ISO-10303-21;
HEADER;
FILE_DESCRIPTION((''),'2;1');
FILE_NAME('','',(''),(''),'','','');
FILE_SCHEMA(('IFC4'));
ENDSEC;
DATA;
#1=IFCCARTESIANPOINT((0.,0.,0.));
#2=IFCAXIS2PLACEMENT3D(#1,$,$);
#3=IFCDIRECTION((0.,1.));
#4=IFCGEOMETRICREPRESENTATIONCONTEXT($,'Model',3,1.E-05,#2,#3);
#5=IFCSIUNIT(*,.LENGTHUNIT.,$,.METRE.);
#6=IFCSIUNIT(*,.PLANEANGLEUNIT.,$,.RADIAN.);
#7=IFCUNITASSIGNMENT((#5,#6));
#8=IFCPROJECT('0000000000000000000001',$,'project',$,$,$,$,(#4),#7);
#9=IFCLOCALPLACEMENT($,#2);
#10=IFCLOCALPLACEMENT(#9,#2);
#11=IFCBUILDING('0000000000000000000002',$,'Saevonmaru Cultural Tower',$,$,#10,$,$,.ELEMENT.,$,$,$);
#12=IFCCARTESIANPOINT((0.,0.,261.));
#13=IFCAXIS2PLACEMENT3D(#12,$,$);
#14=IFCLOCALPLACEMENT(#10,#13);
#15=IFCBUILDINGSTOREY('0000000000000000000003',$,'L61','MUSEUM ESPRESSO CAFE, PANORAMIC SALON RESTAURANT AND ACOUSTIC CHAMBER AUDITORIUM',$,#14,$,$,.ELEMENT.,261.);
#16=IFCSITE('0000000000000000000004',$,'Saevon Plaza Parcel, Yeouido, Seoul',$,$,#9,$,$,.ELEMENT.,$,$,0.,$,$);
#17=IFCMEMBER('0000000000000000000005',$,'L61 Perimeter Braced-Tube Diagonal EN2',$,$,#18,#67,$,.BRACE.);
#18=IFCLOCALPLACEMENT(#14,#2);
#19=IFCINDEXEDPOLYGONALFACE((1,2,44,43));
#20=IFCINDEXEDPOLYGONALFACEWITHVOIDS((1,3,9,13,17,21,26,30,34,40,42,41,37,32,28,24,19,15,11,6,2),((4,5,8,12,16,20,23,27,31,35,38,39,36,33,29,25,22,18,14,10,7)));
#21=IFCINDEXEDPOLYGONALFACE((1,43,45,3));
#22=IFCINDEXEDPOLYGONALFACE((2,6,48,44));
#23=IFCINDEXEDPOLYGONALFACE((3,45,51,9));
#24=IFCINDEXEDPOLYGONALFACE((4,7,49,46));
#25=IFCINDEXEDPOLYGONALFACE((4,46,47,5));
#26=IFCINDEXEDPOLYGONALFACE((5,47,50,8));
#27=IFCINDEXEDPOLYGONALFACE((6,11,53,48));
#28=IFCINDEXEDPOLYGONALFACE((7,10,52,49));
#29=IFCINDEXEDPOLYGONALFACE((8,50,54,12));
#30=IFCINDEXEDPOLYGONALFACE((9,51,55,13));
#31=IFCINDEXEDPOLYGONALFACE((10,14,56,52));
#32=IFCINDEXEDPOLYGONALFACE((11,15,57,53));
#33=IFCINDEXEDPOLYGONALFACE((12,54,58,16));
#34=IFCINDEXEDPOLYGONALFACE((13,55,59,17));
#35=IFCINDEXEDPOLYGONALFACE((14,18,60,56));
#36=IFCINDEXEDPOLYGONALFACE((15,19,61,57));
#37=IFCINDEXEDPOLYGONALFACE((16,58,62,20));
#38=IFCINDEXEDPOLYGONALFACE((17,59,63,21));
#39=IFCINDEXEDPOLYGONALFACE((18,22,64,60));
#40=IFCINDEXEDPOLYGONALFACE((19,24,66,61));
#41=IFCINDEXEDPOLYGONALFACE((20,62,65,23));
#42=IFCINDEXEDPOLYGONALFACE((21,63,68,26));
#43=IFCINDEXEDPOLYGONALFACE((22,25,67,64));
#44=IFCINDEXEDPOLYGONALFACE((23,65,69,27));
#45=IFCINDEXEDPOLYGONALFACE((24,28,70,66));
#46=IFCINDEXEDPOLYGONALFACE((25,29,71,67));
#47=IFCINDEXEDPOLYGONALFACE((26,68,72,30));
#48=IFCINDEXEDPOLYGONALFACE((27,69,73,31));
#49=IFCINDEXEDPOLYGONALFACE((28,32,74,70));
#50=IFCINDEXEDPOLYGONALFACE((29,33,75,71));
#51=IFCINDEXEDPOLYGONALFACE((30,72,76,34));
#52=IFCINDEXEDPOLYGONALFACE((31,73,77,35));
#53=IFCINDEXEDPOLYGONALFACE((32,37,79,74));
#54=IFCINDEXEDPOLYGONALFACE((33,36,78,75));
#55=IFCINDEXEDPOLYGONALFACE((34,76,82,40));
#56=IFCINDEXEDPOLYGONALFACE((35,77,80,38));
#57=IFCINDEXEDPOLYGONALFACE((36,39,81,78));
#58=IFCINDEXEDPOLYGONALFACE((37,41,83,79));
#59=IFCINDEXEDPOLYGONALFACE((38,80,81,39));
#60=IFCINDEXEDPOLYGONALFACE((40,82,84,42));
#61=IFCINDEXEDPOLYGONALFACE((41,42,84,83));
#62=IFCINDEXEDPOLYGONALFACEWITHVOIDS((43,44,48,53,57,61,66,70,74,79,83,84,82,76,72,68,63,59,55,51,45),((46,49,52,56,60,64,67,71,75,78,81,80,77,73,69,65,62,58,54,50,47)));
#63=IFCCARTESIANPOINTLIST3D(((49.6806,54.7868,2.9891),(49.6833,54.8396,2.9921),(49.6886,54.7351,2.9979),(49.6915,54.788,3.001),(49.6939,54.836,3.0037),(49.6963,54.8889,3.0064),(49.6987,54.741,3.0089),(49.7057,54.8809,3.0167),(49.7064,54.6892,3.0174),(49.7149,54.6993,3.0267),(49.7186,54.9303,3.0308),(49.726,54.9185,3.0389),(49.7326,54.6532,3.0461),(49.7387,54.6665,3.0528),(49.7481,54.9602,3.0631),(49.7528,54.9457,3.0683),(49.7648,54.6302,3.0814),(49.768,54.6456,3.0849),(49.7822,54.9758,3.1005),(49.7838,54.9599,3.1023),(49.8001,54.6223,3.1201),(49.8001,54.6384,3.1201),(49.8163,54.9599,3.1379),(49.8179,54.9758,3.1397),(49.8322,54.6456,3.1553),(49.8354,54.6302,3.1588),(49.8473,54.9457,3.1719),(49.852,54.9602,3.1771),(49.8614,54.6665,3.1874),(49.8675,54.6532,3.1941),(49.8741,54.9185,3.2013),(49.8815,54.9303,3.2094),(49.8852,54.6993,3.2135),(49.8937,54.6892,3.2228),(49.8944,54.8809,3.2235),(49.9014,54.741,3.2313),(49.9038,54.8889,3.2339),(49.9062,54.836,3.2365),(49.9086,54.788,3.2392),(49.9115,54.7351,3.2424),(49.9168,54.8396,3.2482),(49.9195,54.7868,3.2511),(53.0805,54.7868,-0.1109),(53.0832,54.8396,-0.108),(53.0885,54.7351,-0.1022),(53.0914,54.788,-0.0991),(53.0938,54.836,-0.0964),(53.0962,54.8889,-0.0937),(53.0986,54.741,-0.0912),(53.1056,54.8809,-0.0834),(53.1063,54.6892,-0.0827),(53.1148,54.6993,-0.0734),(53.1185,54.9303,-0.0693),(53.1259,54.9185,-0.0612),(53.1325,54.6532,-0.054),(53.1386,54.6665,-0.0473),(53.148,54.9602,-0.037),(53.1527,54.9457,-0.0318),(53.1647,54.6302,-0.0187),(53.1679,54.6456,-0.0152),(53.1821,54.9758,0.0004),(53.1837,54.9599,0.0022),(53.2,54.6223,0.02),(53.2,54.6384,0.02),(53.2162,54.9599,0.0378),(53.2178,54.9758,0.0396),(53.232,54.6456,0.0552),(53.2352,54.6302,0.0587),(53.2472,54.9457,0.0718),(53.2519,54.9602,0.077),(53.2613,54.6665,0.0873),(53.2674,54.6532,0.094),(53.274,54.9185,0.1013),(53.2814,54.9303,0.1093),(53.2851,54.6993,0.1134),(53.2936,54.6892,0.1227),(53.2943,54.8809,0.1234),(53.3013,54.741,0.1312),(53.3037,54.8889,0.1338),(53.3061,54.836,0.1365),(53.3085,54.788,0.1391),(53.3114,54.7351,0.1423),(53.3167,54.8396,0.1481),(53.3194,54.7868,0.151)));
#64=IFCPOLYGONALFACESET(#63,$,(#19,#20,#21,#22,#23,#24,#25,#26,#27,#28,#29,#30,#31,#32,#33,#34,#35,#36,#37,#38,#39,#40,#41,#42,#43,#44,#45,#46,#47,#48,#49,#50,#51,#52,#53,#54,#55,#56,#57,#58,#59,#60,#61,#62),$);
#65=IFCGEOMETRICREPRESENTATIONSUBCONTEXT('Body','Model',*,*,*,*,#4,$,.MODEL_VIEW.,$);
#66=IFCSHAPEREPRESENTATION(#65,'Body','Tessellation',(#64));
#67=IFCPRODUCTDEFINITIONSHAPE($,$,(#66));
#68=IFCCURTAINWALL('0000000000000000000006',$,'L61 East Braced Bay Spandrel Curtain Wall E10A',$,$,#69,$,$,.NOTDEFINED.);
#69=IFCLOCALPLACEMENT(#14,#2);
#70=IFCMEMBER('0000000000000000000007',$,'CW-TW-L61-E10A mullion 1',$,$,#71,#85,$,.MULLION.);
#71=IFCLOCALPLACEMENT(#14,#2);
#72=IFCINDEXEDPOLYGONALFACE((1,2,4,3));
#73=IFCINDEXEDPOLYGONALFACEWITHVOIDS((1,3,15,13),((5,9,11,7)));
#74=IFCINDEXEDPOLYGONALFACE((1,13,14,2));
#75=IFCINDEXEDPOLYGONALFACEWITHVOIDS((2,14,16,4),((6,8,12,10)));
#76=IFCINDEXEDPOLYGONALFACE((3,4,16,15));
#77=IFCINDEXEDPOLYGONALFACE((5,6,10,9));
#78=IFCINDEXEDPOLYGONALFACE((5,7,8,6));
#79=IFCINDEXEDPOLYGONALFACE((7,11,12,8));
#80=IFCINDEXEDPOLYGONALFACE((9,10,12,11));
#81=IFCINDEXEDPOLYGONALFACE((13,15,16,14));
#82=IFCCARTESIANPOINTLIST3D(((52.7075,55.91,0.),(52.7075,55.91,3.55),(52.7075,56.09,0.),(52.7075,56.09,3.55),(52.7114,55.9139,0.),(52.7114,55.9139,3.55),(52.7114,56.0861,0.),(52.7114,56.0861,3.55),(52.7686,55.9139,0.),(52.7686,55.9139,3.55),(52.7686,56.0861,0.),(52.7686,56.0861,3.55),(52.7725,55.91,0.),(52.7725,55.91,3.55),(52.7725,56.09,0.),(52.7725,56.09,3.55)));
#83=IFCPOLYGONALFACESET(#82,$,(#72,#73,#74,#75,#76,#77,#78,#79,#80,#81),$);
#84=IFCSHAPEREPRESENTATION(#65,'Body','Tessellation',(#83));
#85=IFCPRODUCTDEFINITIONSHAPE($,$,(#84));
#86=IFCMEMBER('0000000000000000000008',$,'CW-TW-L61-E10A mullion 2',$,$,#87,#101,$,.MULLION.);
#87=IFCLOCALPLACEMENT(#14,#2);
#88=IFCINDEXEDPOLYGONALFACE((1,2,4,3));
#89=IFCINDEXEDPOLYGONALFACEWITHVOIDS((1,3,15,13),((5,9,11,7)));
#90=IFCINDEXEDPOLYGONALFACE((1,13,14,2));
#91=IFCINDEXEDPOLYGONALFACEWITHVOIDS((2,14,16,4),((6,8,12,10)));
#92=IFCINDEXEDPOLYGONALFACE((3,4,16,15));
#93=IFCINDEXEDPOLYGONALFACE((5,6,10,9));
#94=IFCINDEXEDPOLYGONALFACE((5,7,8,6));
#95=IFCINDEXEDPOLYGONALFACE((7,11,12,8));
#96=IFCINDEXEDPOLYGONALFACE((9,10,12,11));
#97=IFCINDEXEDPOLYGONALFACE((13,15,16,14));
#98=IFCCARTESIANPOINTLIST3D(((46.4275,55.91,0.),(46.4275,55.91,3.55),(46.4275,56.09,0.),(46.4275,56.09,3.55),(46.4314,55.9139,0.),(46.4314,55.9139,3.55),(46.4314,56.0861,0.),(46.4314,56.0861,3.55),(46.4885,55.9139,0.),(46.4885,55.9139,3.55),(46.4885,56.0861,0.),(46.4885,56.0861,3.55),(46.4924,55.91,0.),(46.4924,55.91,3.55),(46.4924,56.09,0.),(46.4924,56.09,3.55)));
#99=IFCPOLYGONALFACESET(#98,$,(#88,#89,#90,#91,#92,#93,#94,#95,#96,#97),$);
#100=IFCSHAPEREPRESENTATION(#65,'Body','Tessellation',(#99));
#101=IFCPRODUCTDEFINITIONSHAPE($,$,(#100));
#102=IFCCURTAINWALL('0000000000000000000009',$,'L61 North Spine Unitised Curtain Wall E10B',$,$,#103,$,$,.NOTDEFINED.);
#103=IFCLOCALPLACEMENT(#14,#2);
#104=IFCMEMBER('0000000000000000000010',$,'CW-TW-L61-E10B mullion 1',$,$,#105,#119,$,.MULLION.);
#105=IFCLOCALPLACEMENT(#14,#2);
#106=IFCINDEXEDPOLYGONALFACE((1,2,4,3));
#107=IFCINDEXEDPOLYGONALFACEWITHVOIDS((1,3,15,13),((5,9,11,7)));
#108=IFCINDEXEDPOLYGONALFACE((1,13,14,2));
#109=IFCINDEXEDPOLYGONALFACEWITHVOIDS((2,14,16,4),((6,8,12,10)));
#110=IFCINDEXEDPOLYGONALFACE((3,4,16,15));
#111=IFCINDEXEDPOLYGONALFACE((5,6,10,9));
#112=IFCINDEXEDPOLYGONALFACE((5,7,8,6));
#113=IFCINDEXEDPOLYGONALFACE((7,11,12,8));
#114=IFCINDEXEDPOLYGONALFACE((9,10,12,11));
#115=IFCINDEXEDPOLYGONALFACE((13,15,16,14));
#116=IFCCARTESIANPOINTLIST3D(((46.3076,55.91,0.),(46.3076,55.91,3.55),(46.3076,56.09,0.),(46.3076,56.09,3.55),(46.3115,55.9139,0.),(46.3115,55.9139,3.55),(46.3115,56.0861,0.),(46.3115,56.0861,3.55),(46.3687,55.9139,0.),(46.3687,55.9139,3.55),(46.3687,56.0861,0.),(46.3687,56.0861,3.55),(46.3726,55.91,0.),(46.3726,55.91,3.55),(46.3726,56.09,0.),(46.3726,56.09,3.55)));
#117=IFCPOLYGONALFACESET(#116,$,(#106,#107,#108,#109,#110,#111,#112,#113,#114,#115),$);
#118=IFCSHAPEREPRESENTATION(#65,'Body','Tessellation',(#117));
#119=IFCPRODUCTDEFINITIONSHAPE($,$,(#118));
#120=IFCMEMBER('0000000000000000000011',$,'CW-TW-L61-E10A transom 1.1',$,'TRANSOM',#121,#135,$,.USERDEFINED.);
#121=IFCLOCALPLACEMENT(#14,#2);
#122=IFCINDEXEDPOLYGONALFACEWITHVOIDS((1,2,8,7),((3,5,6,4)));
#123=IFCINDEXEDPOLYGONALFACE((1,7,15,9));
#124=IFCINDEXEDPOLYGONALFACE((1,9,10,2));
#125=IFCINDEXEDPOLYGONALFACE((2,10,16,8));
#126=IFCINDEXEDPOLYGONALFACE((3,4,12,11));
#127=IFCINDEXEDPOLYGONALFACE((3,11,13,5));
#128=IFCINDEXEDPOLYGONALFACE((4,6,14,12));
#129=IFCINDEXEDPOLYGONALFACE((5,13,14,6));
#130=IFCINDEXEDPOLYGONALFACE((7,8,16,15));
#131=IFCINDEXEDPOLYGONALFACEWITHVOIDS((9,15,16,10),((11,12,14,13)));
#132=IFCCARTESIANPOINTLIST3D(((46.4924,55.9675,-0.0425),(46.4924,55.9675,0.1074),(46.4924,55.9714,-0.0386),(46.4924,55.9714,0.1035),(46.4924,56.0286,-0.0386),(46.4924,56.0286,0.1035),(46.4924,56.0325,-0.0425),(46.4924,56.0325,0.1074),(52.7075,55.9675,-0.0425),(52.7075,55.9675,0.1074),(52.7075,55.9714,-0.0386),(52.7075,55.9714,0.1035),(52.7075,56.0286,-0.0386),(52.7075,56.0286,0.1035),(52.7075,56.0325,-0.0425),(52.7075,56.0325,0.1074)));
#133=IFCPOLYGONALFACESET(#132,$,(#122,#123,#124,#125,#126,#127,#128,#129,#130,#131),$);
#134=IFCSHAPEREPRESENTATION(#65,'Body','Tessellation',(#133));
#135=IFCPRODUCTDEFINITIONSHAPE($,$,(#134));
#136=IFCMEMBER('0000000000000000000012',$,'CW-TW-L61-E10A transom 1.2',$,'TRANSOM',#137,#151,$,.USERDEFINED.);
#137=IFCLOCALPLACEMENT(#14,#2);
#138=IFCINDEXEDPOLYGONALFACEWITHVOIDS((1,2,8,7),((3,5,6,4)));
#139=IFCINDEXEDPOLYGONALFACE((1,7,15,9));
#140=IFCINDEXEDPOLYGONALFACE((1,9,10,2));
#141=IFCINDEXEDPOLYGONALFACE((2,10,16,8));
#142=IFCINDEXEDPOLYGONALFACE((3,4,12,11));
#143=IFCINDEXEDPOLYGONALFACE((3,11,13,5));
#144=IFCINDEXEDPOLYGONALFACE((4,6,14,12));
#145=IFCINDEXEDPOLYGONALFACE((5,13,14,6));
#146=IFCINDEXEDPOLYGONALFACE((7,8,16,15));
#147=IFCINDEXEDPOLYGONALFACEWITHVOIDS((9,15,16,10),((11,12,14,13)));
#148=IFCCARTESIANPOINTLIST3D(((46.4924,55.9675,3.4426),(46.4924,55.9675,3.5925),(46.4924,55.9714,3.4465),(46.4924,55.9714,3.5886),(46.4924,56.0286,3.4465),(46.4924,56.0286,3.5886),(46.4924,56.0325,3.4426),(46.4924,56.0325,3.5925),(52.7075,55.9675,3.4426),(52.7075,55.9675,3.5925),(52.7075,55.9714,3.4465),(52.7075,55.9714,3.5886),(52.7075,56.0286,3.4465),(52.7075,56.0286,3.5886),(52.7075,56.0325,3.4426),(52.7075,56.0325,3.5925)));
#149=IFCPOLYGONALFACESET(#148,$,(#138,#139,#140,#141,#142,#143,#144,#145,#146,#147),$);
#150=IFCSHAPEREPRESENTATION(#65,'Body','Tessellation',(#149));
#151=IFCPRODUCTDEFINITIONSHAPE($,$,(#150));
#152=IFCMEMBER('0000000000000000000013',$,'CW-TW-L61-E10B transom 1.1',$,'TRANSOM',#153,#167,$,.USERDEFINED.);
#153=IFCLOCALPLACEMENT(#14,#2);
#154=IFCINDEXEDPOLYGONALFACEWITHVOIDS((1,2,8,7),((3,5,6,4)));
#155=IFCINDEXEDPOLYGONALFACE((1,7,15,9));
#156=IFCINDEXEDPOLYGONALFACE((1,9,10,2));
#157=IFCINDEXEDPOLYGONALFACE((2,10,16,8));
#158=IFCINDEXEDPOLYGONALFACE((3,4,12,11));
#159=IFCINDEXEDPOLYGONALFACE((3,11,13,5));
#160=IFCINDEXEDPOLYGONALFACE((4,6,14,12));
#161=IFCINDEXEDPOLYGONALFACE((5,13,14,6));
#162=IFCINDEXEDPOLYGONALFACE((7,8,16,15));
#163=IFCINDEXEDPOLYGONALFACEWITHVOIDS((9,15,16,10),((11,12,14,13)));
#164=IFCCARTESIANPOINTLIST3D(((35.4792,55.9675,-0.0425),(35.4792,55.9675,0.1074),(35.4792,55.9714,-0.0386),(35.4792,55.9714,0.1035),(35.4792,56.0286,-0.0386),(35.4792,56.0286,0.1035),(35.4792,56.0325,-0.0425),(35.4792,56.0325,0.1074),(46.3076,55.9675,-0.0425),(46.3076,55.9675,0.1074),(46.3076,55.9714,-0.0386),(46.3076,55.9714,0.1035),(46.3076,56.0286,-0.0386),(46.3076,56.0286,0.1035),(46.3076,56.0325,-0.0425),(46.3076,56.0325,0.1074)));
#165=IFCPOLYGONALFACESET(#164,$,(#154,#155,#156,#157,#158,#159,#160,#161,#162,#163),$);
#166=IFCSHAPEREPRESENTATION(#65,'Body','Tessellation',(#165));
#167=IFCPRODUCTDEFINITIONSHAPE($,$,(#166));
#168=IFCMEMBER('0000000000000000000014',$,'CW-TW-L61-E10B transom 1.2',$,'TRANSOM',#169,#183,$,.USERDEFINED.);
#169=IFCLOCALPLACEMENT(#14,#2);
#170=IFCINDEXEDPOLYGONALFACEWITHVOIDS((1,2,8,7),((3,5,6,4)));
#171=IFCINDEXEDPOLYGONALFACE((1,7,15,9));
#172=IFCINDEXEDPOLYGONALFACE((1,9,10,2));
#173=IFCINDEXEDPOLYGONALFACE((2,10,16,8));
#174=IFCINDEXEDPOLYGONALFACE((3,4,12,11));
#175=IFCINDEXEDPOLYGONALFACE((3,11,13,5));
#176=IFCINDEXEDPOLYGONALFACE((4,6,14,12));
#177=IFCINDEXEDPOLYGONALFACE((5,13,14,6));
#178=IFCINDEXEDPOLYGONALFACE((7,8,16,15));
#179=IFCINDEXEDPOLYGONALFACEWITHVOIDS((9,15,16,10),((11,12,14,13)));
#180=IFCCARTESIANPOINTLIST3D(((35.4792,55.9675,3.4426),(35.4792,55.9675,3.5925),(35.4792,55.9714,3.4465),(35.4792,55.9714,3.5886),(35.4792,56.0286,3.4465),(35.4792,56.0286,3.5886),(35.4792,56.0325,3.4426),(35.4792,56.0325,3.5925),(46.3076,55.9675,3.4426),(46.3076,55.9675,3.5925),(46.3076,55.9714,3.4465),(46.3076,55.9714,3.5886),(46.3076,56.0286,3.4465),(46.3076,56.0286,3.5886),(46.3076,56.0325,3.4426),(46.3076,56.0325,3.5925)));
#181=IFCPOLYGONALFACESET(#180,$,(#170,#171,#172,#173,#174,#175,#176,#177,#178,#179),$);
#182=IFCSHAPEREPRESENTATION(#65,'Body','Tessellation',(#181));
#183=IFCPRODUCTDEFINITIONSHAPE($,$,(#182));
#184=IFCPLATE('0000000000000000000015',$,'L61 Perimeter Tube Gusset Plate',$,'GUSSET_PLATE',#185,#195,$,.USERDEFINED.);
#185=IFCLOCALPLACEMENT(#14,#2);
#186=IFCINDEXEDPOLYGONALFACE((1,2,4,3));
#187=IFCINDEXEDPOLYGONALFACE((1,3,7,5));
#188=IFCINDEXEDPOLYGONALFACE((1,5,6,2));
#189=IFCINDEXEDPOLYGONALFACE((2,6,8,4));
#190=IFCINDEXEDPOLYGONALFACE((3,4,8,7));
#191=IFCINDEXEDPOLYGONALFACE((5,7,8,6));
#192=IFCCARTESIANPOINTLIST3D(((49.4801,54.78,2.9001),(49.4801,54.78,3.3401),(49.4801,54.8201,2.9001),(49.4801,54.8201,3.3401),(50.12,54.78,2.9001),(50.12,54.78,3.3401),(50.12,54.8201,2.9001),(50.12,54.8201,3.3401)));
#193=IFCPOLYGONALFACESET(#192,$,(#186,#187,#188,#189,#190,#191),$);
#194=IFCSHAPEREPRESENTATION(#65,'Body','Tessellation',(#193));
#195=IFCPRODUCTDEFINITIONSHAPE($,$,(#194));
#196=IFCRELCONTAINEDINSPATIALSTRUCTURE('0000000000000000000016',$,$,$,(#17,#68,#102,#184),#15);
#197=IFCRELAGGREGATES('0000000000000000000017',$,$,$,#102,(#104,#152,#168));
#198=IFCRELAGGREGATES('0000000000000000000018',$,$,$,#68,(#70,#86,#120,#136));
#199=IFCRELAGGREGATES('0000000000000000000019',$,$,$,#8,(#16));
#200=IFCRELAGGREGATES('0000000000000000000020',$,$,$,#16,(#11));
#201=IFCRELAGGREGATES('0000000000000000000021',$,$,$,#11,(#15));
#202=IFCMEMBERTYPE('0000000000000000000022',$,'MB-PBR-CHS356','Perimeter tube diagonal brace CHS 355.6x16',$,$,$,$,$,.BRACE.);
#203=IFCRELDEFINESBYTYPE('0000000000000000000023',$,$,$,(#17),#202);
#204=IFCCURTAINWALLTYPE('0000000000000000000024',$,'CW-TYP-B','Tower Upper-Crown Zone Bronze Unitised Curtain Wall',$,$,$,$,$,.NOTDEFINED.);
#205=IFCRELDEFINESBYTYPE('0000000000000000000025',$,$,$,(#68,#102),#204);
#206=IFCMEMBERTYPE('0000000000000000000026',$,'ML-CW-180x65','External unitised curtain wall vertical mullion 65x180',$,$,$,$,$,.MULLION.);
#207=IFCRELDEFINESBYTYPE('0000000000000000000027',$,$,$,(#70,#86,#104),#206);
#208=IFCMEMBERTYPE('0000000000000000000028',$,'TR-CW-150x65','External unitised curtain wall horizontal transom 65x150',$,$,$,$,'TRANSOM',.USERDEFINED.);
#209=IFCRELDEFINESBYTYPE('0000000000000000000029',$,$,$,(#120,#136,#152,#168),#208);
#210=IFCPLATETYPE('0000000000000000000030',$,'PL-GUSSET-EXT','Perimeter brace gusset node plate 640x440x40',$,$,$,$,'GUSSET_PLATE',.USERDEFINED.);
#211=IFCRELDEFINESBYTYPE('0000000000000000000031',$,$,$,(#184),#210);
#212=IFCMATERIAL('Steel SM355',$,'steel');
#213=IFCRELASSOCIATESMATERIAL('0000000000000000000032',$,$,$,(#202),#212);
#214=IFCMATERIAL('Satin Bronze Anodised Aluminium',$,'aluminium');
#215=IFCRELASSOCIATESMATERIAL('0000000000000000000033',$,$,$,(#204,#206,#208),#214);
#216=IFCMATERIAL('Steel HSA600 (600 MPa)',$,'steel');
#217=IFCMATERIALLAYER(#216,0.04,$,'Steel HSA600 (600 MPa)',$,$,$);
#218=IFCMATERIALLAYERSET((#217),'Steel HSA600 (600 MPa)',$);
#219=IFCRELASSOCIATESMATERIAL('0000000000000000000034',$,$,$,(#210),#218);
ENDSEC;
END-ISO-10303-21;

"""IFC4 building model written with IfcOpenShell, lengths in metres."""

from ifc_helpers import new_model, si_unit, direction, frame, origin, origin_2d, place, context, subcontext, project, spatial, rectangle, hollow_rectangle, hollow_circle, extrude, material, layer, layer_set, material_profile, profile_set, type_object, element, aggregate, save


model = new_model("IFC4")

# Units and contexts
model_context = context("Model", 3, precision=1e-05, world=origin(), true_north=direction((0.0, 1.0)))
body_context = subcontext(model_context, "Body", "Model", "MODEL_VIEW")
ifc_project = project(units=[si_unit("LENGTHUNIT", "METRE"), si_unit("PLANEANGLEUNIT", "RADIAN")], contexts=[model_context])

# Site, building, storey
site_placement = place(None, origin())
site = spatial("IfcSite", under=ifc_project, at=site_placement, Name="Saevon Plaza Parcel, Yeouido, Seoul", CompositionType="ELEMENT", RefElevation=0.0)
building_placement = place(site_placement, origin())
building = spatial("IfcBuilding", under=site, at=building_placement, Name="Saevonmaru Cultural Tower", CompositionType="ELEMENT")
storey_placement = place(building_placement, frame((0.0, 0.0, 261.0)))
storey = spatial("IfcBuildingStorey", under=building, at=storey_placement, Name="L61", Description="MUSEUM ESPRESSO CAFE, PANORAMIC SALON RESTAURANT AND ACOUSTIC CHAMBER AUDITORIUM", CompositionType="ELEMENT", Elevation=261.0)

# Shared definitions
ifc_material_1 = material(Name="Steel SM355", Category="steel")

# Member
ifc_material_profile_1 = material_profile(ifc_material_1, hollow_circle(Radius=0.1777, WallThickness=0.0161, at=origin_2d()), Name="CHS-355.6x16")
ifc_profile_set_1 = profile_set([ifc_material_profile_1], Name="Steel SM355")
member_type_1 = type_object("IfcMemberType", Name="MB-PBR-CHS356", Description="Perimeter tube diagonal brace CHS 355.6x16", PredefinedType="BRACE", material=ifc_profile_set_1)
member_1_placement = place(storey_placement, frame((53.2, 54.8, 0.02), z_axis=(-0.738936, 0.0, 0.673776), x_axis=(0.0, -1.0, 0.0)))
element("IfcMember", 1, at=member_1_placement, inside=storey, type_object=member_type_1, Name="L61 Perimeter Braced-Tube Diagonal EN2", PredefinedType="BRACE", context=body_context, shape_type="SweptSolid", body=[
    extrude(hollow_circle(Radius=0.1777, WallThickness=0.0161, at=origin_2d()), origin(), (0.0, 0.0, 1.0), 4.6011),
])

# Curtain wall, members
ifc_material_2 = material(Name="Satin Bronze Anodised Aluminium", Category="aluminium")
curtain_wall_type = type_object("IfcCurtainWallType", Name="CW-TYP-B", Description="Tower Upper-Crown Zone Bronze Unitised Curtain Wall", PredefinedType="NOTDEFINED", material=ifc_material_2)
curtain_wall_1_placement = place(storey_placement, origin())
curtain_wall_1 = element("IfcCurtainWall", 2, at=curtain_wall_1_placement, inside=storey, type_object=curtain_wall_type, Name="L61 East Braced Bay Spandrel Curtain Wall E10A", PredefinedType="NOTDEFINED")
ifc_material_profile_2 = material_profile(ifc_material_2, hollow_rectangle(XDim=0.0649, YDim=0.1799, WallThickness=0.0039, at=origin_2d()), Name="ALU-MULL-180x65x4")
ifc_profile_set_2 = profile_set([ifc_material_profile_2], Name="Satin Bronze Anodised Aluminium")
member_type_2 = type_object("IfcMemberType", Name="ML-CW-180x65", Description="External unitised curtain wall vertical mullion 65x180", PredefinedType="MULLION", material=ifc_profile_set_2)
member_2_placement = place(storey_placement, frame((52.74, 56.0, 0.0), z_axis=(0.0, 0.0, 1.0), x_axis=(-1.0, 0.0, 0.0)))
member_2 = element("IfcMember", 3, at=member_2_placement, type_object=member_type_2, Name="CW-TW-L61-E10A mullion 1", PredefinedType="MULLION", context=body_context, shape_type="SweptSolid", body=[
    extrude(hollow_rectangle(XDim=0.0649, YDim=0.1799, WallThickness=0.0039, at=origin_2d()), origin(), (0.0, 0.0, 1.0), 3.55),
])
member_3_placement = place(storey_placement, frame((46.46, 56.0, 0.0), z_axis=(0.0, 0.0, 1.0), x_axis=(-1.0, 0.0, 0.0)))
member_3 = element("IfcMember", 4, at=member_3_placement, type_object=member_type_2, Name="CW-TW-L61-E10A mullion 2", PredefinedType="MULLION", context=body_context, shape_type="SweptSolid", body=[
    extrude(hollow_rectangle(XDim=0.0649, YDim=0.1799, WallThickness=0.0039, at=origin_2d()), origin(), (0.0, 0.0, 1.0), 3.55),
])

# Curtain wall, member
curtain_wall_2_placement = place(storey_placement, origin())
curtain_wall_2 = element("IfcCurtainWall", 5, at=curtain_wall_2_placement, inside=storey, type_object=curtain_wall_type, Name="L61 North Spine Unitised Curtain Wall E10B", PredefinedType="NOTDEFINED")
member_4_placement = place(storey_placement, frame((46.3401, 56.0, 0.0), z_axis=(0.0, 0.0, 1.0), x_axis=(-1.0, 0.0, 0.0)))
member_4 = element("IfcMember", 6, at=member_4_placement, type_object=member_type_2, Name="CW-TW-L61-E10B mullion 1", PredefinedType="MULLION", context=body_context, shape_type="SweptSolid", body=[
    extrude(hollow_rectangle(XDim=0.0649, YDim=0.1799, WallThickness=0.0039, at=origin_2d()), origin(), (0.0, 0.0, 1.0), 3.55),
])

# Members
ifc_material_profile_3 = material_profile(ifc_material_2, hollow_rectangle(XDim=0.0649, YDim=0.1499, WallThickness=0.0039, at=origin_2d()), Name="ALU-TRAN-150x65x4")
ifc_profile_set_3 = profile_set([ifc_material_profile_3], Name="Satin Bronze Anodised Aluminium")
member_type_3 = type_object("IfcMemberType", Name="TR-CW-150x65", Description="External unitised curtain wall horizontal transom 65x150", ElementType="TRANSOM", PredefinedType="USERDEFINED", material=ifc_profile_set_3)
member_5_placement = place(storey_placement, frame((52.7075, 56.0, 0.0325), z_axis=(-1.0, 0.0, 0.0), x_axis=(0.0, -1.0, 0.0)))
member_5 = element("IfcMember", 7, at=member_5_placement, type_object=member_type_3, Name="CW-TW-L61-E10A transom 1.1", ObjectType="TRANSOM", PredefinedType="USERDEFINED", context=body_context, shape_type="SweptSolid", body=[
    extrude(hollow_rectangle(XDim=0.0649, YDim=0.1499, WallThickness=0.0039, at=origin_2d()), origin(), (0.0, 0.0, 1.0), 6.2151),
])
member_6_placement = place(storey_placement, frame((52.7075, 56.0, 3.5176), z_axis=(-1.0, 0.0, 0.0), x_axis=(0.0, -1.0, 0.0)))
member_6 = element("IfcMember", 8, at=member_6_placement, type_object=member_type_3, Name="CW-TW-L61-E10A transom 1.2", ObjectType="TRANSOM", PredefinedType="USERDEFINED", context=body_context, shape_type="SweptSolid", body=[
    extrude(hollow_rectangle(XDim=0.0649, YDim=0.1499, WallThickness=0.0039, at=origin_2d()), origin(), (0.0, 0.0, 1.0), 6.2151),
])
member_7_placement = place(storey_placement, frame((46.3076, 56.0, 0.0325), z_axis=(-1.0, 0.0, 0.0), x_axis=(0.0, -1.0, 0.0)))
member_7 = element("IfcMember", 9, at=member_7_placement, type_object=member_type_3, Name="CW-TW-L61-E10B transom 1.1", ObjectType="TRANSOM", PredefinedType="USERDEFINED", context=body_context, shape_type="SweptSolid", body=[
    extrude(hollow_rectangle(XDim=0.0649, YDim=0.1499, WallThickness=0.0039, at=origin_2d()), origin(), (0.0, 0.0, 1.0), 10.8284),
])
member_8_placement = place(storey_placement, frame((46.3076, 56.0, 3.5176), z_axis=(-1.0, 0.0, 0.0), x_axis=(0.0, -1.0, 0.0)))
member_8 = element("IfcMember", 10, at=member_8_placement, type_object=member_type_3, Name="CW-TW-L61-E10B transom 1.2", ObjectType="TRANSOM", PredefinedType="USERDEFINED", context=body_context, shape_type="SweptSolid", body=[
    extrude(hollow_rectangle(XDim=0.0649, YDim=0.1499, WallThickness=0.0039, at=origin_2d()), origin(), (0.0, 0.0, 1.0), 10.8284),
])
aggregate(curtain_wall_2, [member_4, member_7, member_8])

# Plate
ifc_material_3 = material(Name="Steel HSA600 (600 MPa)", Category="steel")
ifc_layer_1 = layer(ifc_material_3, 0.04, Name="Steel HSA600 (600 MPa)")
ifc_layer_set_1 = layer_set([ifc_layer_1], Name="Steel HSA600 (600 MPa)")
plate_type_1 = type_object("IfcPlateType", Name="PL-GUSSET-EXT", Description="Perimeter brace gusset node plate 640x440x40", ElementType="GUSSET_PLATE", PredefinedType="USERDEFINED", material=ifc_layer_set_1)
for number, where, z_axis, x_axis, name in (
    (11, (49.8, 54.8, 2.9001), (0.0, 0.0, 1.0), (1.0, 0.0, 0.0), "L61 Perimeter Tube Gusset Plate"),
):
    element("IfcPlate", number, at=place(storey_placement, frame(where, z_axis=z_axis, x_axis=x_axis)), inside=storey, type_object=plate_type_1, Name=name, ObjectType="GUSSET_PLATE", PredefinedType="USERDEFINED", context=body_context, shape_type="SweptSolid", body=[
        extrude(rectangle(XDim=0.6399, YDim=0.04, at=origin_2d()), origin(), (0.0, 0.0, 1.0), 0.4399),
    ])

aggregate(curtain_wall_1, [member_2, member_3, member_5, member_6])

save(model, "model.ifc")
